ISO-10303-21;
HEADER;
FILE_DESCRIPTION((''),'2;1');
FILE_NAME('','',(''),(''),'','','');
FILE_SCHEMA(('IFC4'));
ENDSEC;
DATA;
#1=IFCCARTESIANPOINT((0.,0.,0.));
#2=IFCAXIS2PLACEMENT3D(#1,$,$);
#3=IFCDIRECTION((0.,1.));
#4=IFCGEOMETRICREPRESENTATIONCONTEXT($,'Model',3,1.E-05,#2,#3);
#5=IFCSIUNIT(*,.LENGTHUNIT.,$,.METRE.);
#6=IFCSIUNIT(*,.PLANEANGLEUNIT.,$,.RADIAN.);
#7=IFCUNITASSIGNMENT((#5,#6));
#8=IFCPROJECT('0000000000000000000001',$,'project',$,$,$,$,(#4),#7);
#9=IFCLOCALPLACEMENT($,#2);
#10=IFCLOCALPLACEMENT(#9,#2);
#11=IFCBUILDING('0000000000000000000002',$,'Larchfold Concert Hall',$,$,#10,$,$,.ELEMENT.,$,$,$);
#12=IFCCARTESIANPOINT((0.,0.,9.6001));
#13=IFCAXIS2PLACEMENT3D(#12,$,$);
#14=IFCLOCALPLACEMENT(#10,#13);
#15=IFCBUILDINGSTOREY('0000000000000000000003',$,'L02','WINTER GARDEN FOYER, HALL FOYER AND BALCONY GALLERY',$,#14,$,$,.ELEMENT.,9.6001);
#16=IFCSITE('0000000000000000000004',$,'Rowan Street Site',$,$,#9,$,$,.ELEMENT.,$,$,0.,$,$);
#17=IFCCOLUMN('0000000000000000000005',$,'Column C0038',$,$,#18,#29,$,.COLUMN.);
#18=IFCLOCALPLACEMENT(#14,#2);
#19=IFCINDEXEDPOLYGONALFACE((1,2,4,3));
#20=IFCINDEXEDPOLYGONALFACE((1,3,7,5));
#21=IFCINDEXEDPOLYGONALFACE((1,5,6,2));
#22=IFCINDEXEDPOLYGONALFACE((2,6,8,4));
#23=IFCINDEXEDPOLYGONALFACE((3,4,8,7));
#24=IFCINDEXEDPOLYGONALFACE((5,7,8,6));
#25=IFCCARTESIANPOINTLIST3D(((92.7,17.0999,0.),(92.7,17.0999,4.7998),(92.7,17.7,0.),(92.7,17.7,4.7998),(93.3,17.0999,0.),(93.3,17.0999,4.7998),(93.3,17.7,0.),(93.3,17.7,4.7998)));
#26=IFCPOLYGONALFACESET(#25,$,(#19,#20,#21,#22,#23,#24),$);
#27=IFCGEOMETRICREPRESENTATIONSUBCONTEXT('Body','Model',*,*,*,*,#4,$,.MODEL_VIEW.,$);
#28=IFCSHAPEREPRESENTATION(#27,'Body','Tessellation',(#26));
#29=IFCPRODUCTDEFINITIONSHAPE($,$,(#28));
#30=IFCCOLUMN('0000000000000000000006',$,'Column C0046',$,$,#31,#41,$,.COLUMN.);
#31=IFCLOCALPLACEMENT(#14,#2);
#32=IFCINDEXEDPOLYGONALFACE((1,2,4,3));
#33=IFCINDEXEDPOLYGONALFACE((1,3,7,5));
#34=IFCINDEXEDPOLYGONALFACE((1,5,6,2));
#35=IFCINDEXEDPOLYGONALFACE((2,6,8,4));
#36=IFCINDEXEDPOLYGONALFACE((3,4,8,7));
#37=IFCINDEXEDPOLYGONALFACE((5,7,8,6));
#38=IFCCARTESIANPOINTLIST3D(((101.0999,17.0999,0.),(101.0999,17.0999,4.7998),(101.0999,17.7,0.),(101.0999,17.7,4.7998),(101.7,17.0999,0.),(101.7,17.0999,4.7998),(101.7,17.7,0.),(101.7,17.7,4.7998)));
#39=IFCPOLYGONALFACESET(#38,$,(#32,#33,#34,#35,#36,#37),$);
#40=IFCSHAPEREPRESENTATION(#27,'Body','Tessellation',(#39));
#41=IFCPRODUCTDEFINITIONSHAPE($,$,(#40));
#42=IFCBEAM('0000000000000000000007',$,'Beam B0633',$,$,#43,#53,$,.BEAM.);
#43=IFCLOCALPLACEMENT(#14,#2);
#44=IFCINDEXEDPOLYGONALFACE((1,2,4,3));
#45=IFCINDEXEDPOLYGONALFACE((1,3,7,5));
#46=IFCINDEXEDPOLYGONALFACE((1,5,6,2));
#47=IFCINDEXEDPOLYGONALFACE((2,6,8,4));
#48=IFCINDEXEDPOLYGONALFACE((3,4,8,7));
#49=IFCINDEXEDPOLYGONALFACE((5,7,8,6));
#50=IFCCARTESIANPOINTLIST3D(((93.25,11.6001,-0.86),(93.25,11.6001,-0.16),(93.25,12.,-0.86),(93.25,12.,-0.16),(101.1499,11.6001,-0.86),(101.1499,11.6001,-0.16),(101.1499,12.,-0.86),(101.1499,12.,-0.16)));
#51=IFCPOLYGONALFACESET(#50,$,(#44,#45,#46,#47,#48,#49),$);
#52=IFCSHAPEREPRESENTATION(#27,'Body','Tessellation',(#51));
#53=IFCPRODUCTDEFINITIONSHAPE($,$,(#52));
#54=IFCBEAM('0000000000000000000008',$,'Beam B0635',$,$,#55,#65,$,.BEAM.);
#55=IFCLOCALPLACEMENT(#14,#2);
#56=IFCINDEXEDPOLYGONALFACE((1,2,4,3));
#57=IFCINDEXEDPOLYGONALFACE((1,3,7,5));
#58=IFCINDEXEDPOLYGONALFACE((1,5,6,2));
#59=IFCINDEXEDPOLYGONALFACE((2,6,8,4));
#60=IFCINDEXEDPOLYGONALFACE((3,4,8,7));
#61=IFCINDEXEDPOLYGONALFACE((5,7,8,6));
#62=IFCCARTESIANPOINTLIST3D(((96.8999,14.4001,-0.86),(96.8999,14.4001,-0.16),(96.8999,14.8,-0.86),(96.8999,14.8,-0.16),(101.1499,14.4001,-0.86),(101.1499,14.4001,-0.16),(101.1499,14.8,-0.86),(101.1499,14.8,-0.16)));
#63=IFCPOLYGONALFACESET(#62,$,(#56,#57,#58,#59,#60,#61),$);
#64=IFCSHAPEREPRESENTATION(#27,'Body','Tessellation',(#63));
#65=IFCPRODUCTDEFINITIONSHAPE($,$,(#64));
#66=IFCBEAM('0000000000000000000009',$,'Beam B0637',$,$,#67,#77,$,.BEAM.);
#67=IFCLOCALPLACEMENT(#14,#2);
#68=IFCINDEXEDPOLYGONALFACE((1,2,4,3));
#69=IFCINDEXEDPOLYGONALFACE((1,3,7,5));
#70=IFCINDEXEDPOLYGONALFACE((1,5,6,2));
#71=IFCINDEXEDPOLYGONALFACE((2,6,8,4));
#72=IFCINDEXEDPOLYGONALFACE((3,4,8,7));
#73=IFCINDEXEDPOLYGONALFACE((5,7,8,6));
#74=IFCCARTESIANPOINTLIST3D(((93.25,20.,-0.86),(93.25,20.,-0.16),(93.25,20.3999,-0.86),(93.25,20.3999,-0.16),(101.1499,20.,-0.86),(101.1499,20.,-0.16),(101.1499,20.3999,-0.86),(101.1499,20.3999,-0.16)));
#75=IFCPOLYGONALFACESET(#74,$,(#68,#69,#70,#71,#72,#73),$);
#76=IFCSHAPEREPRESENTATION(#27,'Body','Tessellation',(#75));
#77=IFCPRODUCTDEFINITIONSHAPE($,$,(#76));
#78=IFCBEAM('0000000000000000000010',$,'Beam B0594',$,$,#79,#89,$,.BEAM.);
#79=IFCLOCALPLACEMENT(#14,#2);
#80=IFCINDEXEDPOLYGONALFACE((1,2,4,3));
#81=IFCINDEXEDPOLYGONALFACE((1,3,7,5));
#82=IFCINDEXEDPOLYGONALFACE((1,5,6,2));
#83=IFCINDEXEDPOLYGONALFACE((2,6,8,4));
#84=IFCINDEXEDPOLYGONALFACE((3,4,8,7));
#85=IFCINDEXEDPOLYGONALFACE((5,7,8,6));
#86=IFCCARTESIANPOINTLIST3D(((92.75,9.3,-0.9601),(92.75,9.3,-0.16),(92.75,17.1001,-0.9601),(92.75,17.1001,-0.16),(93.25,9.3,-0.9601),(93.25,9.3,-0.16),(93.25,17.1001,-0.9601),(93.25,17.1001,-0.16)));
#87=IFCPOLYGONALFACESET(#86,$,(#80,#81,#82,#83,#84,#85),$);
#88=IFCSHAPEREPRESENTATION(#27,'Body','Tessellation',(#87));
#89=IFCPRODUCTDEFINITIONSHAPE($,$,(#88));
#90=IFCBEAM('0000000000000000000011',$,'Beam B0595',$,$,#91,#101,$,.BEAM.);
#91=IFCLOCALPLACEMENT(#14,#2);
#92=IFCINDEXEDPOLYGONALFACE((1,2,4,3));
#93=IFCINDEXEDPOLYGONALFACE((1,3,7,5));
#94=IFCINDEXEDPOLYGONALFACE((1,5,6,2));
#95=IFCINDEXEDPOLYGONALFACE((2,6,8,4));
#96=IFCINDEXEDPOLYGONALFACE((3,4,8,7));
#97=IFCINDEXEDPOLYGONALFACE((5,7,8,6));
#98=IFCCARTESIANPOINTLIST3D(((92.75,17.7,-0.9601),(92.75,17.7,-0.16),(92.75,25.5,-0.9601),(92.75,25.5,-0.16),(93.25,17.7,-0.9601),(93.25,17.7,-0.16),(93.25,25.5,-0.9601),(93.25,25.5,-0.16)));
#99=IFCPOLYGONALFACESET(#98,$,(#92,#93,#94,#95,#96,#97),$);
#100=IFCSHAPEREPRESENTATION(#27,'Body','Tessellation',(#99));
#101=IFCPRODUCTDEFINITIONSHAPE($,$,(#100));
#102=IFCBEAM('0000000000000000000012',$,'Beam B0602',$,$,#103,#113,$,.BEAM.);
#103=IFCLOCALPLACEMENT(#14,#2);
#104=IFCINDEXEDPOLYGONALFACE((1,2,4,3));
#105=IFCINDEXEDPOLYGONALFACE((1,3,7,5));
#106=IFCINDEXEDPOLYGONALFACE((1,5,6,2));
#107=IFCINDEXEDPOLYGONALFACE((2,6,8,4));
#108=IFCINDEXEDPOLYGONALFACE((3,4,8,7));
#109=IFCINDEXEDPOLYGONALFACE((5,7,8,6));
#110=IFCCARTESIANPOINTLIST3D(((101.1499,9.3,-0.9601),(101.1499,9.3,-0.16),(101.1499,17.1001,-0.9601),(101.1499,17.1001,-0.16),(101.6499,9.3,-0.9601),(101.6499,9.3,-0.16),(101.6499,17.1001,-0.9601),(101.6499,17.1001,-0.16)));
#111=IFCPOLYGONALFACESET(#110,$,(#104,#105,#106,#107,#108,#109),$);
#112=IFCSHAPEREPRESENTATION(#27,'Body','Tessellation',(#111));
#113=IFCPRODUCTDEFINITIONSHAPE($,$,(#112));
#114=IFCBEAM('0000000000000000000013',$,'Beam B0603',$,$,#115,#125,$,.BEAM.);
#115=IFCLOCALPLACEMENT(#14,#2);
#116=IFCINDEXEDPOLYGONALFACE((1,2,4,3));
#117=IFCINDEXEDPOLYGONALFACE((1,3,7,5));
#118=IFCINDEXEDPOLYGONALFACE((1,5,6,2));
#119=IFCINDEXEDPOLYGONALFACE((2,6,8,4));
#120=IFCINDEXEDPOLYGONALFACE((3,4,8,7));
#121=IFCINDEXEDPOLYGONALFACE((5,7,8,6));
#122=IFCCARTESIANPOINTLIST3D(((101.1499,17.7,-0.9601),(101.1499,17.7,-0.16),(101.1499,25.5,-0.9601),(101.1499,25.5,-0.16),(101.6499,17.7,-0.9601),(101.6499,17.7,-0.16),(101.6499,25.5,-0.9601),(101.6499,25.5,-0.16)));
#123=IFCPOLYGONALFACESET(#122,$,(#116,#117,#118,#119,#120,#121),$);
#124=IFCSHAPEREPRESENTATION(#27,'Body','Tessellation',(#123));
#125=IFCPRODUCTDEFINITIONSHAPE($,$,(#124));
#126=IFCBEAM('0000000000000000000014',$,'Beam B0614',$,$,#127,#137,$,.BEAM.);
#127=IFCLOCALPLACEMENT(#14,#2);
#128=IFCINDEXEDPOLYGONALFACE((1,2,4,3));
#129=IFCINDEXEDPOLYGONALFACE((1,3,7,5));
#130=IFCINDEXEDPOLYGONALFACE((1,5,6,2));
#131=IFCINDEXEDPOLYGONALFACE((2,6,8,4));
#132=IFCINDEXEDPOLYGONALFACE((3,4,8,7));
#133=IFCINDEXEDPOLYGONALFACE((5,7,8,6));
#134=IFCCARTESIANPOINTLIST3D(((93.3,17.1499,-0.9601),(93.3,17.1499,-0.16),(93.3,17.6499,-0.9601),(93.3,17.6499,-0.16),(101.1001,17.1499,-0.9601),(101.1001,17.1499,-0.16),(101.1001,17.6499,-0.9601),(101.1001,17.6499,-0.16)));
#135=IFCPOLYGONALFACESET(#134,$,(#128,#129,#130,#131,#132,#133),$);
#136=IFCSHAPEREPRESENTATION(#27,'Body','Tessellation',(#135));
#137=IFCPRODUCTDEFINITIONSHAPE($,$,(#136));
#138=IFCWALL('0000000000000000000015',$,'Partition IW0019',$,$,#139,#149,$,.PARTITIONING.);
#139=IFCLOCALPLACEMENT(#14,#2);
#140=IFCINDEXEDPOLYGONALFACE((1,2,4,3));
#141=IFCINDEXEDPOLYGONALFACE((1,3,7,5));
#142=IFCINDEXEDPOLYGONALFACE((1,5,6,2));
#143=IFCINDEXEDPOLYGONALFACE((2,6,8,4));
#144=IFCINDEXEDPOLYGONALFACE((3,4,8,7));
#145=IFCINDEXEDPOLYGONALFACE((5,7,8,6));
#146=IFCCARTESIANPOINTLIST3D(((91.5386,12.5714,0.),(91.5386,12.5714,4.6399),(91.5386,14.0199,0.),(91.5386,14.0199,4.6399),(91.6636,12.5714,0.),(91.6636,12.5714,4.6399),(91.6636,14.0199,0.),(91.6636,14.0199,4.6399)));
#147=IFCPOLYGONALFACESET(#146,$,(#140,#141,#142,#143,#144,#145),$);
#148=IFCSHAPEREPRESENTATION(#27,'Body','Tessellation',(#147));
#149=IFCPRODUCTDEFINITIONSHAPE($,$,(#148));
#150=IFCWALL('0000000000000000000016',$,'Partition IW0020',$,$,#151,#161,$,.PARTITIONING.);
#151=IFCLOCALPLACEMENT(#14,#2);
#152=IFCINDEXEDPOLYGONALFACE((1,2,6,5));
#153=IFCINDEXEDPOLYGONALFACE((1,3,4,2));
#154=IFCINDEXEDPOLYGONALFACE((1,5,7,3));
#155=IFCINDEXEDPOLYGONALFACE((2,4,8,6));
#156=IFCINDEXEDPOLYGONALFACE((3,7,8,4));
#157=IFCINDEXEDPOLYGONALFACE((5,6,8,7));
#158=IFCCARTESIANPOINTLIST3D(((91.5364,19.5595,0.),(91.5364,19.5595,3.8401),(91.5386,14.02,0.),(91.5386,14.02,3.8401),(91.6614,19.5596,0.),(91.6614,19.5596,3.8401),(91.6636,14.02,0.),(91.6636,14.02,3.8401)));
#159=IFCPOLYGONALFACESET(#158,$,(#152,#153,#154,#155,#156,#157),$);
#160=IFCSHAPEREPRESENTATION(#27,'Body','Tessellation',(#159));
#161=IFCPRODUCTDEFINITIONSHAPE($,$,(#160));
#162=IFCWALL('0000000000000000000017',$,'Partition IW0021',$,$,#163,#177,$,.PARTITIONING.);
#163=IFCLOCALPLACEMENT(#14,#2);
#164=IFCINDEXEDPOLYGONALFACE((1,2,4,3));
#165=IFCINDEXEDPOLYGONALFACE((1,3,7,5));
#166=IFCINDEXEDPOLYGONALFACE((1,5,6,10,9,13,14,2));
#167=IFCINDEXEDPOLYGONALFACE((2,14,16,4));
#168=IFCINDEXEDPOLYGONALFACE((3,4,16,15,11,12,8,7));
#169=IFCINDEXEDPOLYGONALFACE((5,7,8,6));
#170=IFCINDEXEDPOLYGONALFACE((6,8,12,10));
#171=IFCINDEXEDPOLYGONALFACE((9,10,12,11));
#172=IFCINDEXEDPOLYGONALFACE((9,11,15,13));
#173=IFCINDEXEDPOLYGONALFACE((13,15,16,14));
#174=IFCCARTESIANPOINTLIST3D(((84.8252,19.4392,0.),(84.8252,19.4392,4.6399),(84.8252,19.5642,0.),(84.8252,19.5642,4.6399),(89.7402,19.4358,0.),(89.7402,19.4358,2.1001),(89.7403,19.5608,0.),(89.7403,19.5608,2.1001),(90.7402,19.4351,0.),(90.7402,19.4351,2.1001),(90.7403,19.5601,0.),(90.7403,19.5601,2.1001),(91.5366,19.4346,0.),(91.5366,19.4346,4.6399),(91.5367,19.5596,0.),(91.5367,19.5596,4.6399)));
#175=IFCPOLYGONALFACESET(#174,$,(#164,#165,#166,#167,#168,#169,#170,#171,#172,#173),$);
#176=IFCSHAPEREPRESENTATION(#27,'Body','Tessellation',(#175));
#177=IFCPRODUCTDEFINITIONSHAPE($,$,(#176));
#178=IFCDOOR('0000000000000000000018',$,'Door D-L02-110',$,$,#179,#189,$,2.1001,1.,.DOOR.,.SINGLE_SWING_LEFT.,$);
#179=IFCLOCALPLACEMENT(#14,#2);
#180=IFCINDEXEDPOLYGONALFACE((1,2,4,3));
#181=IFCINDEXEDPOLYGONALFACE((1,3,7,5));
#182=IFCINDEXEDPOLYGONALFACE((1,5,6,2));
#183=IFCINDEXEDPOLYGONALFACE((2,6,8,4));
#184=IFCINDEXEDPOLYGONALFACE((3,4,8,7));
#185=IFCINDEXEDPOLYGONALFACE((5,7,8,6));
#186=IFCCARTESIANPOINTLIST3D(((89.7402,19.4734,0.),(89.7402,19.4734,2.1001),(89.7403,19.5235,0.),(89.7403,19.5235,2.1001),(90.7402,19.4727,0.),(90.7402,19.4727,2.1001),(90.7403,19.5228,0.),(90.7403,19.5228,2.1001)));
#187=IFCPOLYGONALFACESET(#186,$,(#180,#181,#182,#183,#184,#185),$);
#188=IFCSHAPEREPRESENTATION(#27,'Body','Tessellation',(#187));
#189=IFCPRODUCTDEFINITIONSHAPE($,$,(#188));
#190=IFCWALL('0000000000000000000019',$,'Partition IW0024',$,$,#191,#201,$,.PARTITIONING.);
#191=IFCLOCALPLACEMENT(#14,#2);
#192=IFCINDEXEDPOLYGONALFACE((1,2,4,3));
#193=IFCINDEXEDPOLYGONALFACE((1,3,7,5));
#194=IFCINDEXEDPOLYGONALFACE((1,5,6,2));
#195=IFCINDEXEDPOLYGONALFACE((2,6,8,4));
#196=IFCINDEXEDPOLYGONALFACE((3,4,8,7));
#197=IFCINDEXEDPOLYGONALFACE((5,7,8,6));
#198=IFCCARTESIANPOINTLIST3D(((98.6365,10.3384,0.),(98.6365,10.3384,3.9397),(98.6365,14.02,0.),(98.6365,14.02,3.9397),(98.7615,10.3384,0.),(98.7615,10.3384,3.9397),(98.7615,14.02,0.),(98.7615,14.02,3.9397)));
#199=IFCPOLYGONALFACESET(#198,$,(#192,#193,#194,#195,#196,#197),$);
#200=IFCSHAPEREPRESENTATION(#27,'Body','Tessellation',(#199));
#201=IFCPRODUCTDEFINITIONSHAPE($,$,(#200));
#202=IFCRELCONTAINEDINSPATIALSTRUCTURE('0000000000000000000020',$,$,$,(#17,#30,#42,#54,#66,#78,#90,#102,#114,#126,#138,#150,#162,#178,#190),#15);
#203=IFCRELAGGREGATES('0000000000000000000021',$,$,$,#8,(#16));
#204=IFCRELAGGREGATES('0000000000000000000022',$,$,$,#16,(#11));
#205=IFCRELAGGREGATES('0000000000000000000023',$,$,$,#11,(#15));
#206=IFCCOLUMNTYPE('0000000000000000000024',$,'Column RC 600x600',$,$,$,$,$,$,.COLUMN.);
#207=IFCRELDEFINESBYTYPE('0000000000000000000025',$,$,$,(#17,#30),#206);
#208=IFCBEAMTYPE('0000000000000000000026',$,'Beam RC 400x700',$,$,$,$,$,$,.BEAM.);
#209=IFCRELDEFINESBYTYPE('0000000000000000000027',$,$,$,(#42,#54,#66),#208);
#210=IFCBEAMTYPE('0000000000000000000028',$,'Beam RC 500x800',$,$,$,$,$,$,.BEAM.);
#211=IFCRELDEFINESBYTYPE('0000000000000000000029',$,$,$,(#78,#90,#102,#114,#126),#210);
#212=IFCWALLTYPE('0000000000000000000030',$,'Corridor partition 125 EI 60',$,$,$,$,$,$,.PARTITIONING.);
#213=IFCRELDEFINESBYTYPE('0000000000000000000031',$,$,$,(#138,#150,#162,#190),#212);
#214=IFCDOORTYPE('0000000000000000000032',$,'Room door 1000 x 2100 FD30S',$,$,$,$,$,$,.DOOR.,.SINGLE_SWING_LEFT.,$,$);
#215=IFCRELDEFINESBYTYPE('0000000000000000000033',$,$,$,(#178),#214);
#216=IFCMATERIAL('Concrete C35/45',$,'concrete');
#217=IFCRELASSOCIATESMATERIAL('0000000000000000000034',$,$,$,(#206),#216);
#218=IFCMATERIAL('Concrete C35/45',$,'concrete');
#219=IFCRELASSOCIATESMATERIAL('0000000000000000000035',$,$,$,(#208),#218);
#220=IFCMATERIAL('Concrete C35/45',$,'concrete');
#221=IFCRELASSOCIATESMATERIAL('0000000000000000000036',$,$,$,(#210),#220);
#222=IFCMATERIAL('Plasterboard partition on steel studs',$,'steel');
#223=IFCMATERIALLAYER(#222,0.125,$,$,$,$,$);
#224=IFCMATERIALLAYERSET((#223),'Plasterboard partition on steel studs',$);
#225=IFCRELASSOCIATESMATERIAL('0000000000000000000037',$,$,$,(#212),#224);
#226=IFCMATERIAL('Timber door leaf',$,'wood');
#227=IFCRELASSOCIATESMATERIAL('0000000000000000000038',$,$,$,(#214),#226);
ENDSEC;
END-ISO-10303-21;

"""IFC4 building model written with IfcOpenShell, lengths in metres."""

from ifc_helpers import new_model, si_unit, direction, frame, frame_2d, origin, origin_2d, place, context, subcontext, project, spatial, rectangle, extrude, material, layer, layer_set, material_profile, profile_set, type_object, element, fill, save


model = new_model("IFC4")

# Units and contexts
model_context = context("Model", 3, precision=1e-05, world=origin(), true_north=direction((0.0, 1.0)))
body_context = subcontext(model_context, "Body", "Model", "MODEL_VIEW")
ifc_project = project(units=[si_unit("LENGTHUNIT", "METRE"), si_unit("PLANEANGLEUNIT", "RADIAN")], contexts=[model_context])

# Site, building, storey
site_placement = place(None, origin())
site = spatial("IfcSite", under=ifc_project, at=site_placement, Name="Rowan Street Site", CompositionType="ELEMENT", RefElevation=0.0)
building_placement = place(site_placement, origin())
building = spatial("IfcBuilding", under=site, at=building_placement, Name="Larchfold Concert Hall", CompositionType="ELEMENT")
storey_placement = place(building_placement, frame((0.0, 0.0, 9.6001)))
storey = spatial("IfcBuildingStorey", under=building, at=storey_placement, Name="L02", Description="WINTER GARDEN FOYER, HALL FOYER AND BALCONY GALLERY", CompositionType="ELEMENT", Elevation=9.6001)

# Columns
ifc_material_1 = material(Name="Concrete C35/45", Category="concrete")
ifc_material_profile_1 = material_profile(ifc_material_1, rectangle(XDim=0.6001, YDim=0.6001, at=origin_2d()))
ifc_profile_set_1 = profile_set([ifc_material_profile_1], Name="Concrete C35/45")
column_type = type_object("IfcColumnType", Name="Column RC 600x600", PredefinedType="COLUMN", material=ifc_profile_set_1)
for number, where, z_axis, x_axis, name in (
    (1, (93.0, 17.3999, 0.0), (0.0, 0.0, 1.0), (1.0, 0.0, 0.0), "Column C0038"),
    (2, (101.3999, 17.3999, 0.0), (0.0, 0.0, 1.0), (1.0, 0.0, 0.0), "Column C0046"),
):
    element("IfcColumn", number, at=place(storey_placement, frame(where, z_axis=z_axis, x_axis=x_axis)), inside=storey, type_object=column_type, Name=name, PredefinedType="COLUMN", context=body_context, shape_type="SweptSolid", body=[
        extrude(rectangle(XDim=0.6001, YDim=0.6001, at=origin_2d()), origin(), (0.0, 0.0, 1.0), 4.7998),
    ])

# Beams
ifc_material_2 = material(Name="Concrete C35/45", Category="concrete")
ifc_material_profile_2 = material_profile(ifc_material_2, rectangle(XDim=0.3999, YDim=0.7, at=origin_2d()))
ifc_profile_set_2 = profile_set([ifc_material_profile_2], Name="Concrete C35/45")
beam_type_1 = type_object("IfcBeamType", Name="Beam RC 400x700", PredefinedType="BEAM", material=ifc_profile_set_2)
beam_1_placement = place(storey_placement, frame((93.25, 11.8, -0.51), z_axis=(1.0, 0.0, 0.0), x_axis=(0.0, 1.0, 0.0)))
element("IfcBeam", 3, at=beam_1_placement, inside=storey, type_object=beam_type_1, Name="Beam B0633", PredefinedType="BEAM", context=body_context, shape_type="SweptSolid", body=[
    extrude(rectangle(XDim=0.3999, YDim=0.7, at=origin_2d()), origin(), (0.0, 0.0, 1.0), 7.8999),
])
beam_2_placement = place(storey_placement, frame((96.8999, 14.6001, -0.51), z_axis=(1.0, 0.0, 0.0), x_axis=(0.0, 1.0, 0.0)))
element("IfcBeam", 4, at=beam_2_placement, inside=storey, type_object=beam_type_1, Name="Beam B0635", PredefinedType="BEAM", context=body_context, shape_type="SweptSolid", body=[
    extrude(rectangle(XDim=0.3999, YDim=0.7, at=origin_2d()), origin(), (0.0, 0.0, 1.0), 4.25),
])
beam_3_placement = place(storey_placement, frame((93.25, 20.2, -0.51), z_axis=(1.0, 0.0, 0.0), x_axis=(0.0, 1.0, 0.0)))
element("IfcBeam", 5, at=beam_3_placement, inside=storey, type_object=beam_type_1, Name="Beam B0637", PredefinedType="BEAM", context=body_context, shape_type="SweptSolid", body=[
    extrude(rectangle(XDim=0.3999, YDim=0.7, at=origin_2d()), origin(), (0.0, 0.0, 1.0), 7.8999),
])
ifc_material_3 = material(Name="Concrete C35/45", Category="concrete")
ifc_material_profile_3 = material_profile(ifc_material_3, rectangle(XDim=0.5, YDim=0.8, at=origin_2d()))
ifc_profile_set_3 = profile_set([ifc_material_profile_3], Name="Concrete C35/45")
beam_type_2 = type_object("IfcBeamType", Name="Beam RC 500x800", PredefinedType="BEAM", material=ifc_profile_set_3)
for number, where, z_axis, x_axis, name in (
    (6, (93.0, 9.3, -0.5601), (0.0, 1.0, 0.0), (-1.0, 0.0, 0.0), "Beam B0594"),
    (7, (93.0, 17.7, -0.5601), (0.0, 1.0, 0.0), (-1.0, 0.0, 0.0), "Beam B0595"),
    (8, (101.3999, 9.3, -0.5601), (0.0, 1.0, 0.0), (-1.0, 0.0, 0.0), "Beam B0602"),
    (9, (101.3999, 17.7, -0.5601), (0.0, 1.0, 0.0), (-1.0, 0.0, 0.0), "Beam B0603"),
    (10, (93.3, 17.3999, -0.5601), (1.0, 0.0, 0.0), (0.0, 1.0, 0.0), "Beam B0614"),
):
    element("IfcBeam", number, at=place(storey_placement, frame(where, z_axis=z_axis, x_axis=x_axis)), inside=storey, type_object=beam_type_2, Name=name, PredefinedType="BEAM", context=body_context, shape_type="SweptSolid", body=[
        extrude(rectangle(XDim=0.5, YDim=0.8, at=origin_2d()), origin(), (0.0, 0.0, 1.0), 7.8),
    ])

# Walls
ifc_material_4 = material(Name="Plasterboard partition on steel studs", Category="steel")
ifc_layer_1 = layer(ifc_material_4, 0.125)
ifc_layer_set_1 = layer_set([ifc_layer_1], Name="Plasterboard partition on steel studs")
wall_type_1 = type_object("IfcWallType", Name="Corridor partition 125 EI 60", PredefinedType="PARTITIONING", material=ifc_layer_set_1)
wall_1_placement = place(storey_placement, frame((91.6011, 12.5715, 0.0), z_axis=(0.0, 0.0, 1.0), x_axis=(0.0, 1.0, 0.0)))
element("IfcWall", 11, at=wall_1_placement, inside=storey, type_object=wall_type_1, Name="Partition IW0019", PredefinedType="PARTITIONING", context=body_context, shape_type="SweptSolid", body=[
    extrude(rectangle(XDim=1.4485, YDim=0.125, at=frame_2d((0.7241, 0.0))), origin(), (0.0, 0.0, 1.0), 4.6399),
])
wall_2_placement = place(storey_placement, frame((91.6011, 14.02, 0.0), z_axis=(0.0, 0.0, 1.0), x_axis=(-0.000397, 1.0, 0.0)))
element("IfcWall", 12, at=wall_2_placement, inside=storey, type_object=wall_type_1, Name="Partition IW0020", PredefinedType="PARTITIONING", context=body_context, shape_type="SweptSolid", body=[
    extrude(rectangle(XDim=5.5396, YDim=0.125, at=frame_2d((2.7698, 0.0))), origin(), (0.0, 0.0, 1.0), 3.8401),
])

# Wall, opening, door
wall_3_placement = place(storey_placement, frame((91.5366, 19.4971, 0.0), z_axis=(0.0, 0.0, 1.0), x_axis=(-1.0, 0.000691, 0.0)))
wall_3 = element("IfcWall", 13, at=wall_3_placement, inside=storey, type_object=wall_type_1, Name="Partition IW0021", PredefinedType="PARTITIONING", context=body_context, shape_type="SweptSolid", body=[
    extrude(rectangle(XDim=6.7114, YDim=0.125, at=frame_2d((3.3557, 0.0))), origin(), (0.0, 0.0, 1.0), 4.6399),
])
opening_1_placement = place(wall_3_placement, frame((0.7964, 0.0, 0.0)))
opening_1 = element("IfcOpeningElement", 14, at=opening_1_placement, cuts=wall_3, PredefinedType="OPENING", context=body_context, shape_type="SweptSolid", body=[
    extrude(rectangle(XDim=1.0, YDim=2.1001, at=frame_2d((0.5, 1.05))), frame((0.0, 0.0725, 0.0), z_axis=(0.0, -1.0, 0.0), x_axis=(1.0, 0.0, 0.0)), (0.0, 0.0, 1.0), 0.145),
])
ifc_material_5 = material(Name="Timber door leaf", Category="wood")
door_type_1 = type_object("IfcDoorType", Name="Room door 1000 x 2100 FD30S", OperationType="SINGLE_SWING_LEFT", PredefinedType="DOOR", material=ifc_material_5)
door_1_placement = place(opening_1_placement, origin())
door_1 = element("IfcDoor", 15, at=door_1_placement, inside=storey, type_object=door_type_1, Name="Door D-L02-110", OperationType="SINGLE_SWING_LEFT", OverallHeight=2.1001, OverallWidth=1.0, PredefinedType="DOOR", context=body_context, shape_type="SweptSolid", body=[
    extrude(rectangle(XDim=1.0, YDim=2.1001, at=frame_2d((0.5, 1.05))), frame((0.0, 0.0249, 0.0), z_axis=(0.0, -1.0, 0.0), x_axis=(1.0, 0.0, 0.0)), (0.0, 0.0, 1.0), 0.05),
])
fill(opening_1, door_1)

# Wall
wall_4_placement = place(storey_placement, frame((98.699, 14.02, 0.0), z_axis=(0.0, 0.0, 1.0), x_axis=(0.0, -1.0, 0.0)))
element("IfcWall", 16, at=wall_4_placement, inside=storey, type_object=wall_type_1, Name="Partition IW0024", PredefinedType="PARTITIONING", context=body_context, shape_type="SweptSolid", body=[
    extrude(rectangle(XDim=3.6816, YDim=0.125, at=frame_2d((1.8408, 0.0))), origin(), (0.0, 0.0, 1.0), 3.9397),
])

save(model, "model.ifc")
